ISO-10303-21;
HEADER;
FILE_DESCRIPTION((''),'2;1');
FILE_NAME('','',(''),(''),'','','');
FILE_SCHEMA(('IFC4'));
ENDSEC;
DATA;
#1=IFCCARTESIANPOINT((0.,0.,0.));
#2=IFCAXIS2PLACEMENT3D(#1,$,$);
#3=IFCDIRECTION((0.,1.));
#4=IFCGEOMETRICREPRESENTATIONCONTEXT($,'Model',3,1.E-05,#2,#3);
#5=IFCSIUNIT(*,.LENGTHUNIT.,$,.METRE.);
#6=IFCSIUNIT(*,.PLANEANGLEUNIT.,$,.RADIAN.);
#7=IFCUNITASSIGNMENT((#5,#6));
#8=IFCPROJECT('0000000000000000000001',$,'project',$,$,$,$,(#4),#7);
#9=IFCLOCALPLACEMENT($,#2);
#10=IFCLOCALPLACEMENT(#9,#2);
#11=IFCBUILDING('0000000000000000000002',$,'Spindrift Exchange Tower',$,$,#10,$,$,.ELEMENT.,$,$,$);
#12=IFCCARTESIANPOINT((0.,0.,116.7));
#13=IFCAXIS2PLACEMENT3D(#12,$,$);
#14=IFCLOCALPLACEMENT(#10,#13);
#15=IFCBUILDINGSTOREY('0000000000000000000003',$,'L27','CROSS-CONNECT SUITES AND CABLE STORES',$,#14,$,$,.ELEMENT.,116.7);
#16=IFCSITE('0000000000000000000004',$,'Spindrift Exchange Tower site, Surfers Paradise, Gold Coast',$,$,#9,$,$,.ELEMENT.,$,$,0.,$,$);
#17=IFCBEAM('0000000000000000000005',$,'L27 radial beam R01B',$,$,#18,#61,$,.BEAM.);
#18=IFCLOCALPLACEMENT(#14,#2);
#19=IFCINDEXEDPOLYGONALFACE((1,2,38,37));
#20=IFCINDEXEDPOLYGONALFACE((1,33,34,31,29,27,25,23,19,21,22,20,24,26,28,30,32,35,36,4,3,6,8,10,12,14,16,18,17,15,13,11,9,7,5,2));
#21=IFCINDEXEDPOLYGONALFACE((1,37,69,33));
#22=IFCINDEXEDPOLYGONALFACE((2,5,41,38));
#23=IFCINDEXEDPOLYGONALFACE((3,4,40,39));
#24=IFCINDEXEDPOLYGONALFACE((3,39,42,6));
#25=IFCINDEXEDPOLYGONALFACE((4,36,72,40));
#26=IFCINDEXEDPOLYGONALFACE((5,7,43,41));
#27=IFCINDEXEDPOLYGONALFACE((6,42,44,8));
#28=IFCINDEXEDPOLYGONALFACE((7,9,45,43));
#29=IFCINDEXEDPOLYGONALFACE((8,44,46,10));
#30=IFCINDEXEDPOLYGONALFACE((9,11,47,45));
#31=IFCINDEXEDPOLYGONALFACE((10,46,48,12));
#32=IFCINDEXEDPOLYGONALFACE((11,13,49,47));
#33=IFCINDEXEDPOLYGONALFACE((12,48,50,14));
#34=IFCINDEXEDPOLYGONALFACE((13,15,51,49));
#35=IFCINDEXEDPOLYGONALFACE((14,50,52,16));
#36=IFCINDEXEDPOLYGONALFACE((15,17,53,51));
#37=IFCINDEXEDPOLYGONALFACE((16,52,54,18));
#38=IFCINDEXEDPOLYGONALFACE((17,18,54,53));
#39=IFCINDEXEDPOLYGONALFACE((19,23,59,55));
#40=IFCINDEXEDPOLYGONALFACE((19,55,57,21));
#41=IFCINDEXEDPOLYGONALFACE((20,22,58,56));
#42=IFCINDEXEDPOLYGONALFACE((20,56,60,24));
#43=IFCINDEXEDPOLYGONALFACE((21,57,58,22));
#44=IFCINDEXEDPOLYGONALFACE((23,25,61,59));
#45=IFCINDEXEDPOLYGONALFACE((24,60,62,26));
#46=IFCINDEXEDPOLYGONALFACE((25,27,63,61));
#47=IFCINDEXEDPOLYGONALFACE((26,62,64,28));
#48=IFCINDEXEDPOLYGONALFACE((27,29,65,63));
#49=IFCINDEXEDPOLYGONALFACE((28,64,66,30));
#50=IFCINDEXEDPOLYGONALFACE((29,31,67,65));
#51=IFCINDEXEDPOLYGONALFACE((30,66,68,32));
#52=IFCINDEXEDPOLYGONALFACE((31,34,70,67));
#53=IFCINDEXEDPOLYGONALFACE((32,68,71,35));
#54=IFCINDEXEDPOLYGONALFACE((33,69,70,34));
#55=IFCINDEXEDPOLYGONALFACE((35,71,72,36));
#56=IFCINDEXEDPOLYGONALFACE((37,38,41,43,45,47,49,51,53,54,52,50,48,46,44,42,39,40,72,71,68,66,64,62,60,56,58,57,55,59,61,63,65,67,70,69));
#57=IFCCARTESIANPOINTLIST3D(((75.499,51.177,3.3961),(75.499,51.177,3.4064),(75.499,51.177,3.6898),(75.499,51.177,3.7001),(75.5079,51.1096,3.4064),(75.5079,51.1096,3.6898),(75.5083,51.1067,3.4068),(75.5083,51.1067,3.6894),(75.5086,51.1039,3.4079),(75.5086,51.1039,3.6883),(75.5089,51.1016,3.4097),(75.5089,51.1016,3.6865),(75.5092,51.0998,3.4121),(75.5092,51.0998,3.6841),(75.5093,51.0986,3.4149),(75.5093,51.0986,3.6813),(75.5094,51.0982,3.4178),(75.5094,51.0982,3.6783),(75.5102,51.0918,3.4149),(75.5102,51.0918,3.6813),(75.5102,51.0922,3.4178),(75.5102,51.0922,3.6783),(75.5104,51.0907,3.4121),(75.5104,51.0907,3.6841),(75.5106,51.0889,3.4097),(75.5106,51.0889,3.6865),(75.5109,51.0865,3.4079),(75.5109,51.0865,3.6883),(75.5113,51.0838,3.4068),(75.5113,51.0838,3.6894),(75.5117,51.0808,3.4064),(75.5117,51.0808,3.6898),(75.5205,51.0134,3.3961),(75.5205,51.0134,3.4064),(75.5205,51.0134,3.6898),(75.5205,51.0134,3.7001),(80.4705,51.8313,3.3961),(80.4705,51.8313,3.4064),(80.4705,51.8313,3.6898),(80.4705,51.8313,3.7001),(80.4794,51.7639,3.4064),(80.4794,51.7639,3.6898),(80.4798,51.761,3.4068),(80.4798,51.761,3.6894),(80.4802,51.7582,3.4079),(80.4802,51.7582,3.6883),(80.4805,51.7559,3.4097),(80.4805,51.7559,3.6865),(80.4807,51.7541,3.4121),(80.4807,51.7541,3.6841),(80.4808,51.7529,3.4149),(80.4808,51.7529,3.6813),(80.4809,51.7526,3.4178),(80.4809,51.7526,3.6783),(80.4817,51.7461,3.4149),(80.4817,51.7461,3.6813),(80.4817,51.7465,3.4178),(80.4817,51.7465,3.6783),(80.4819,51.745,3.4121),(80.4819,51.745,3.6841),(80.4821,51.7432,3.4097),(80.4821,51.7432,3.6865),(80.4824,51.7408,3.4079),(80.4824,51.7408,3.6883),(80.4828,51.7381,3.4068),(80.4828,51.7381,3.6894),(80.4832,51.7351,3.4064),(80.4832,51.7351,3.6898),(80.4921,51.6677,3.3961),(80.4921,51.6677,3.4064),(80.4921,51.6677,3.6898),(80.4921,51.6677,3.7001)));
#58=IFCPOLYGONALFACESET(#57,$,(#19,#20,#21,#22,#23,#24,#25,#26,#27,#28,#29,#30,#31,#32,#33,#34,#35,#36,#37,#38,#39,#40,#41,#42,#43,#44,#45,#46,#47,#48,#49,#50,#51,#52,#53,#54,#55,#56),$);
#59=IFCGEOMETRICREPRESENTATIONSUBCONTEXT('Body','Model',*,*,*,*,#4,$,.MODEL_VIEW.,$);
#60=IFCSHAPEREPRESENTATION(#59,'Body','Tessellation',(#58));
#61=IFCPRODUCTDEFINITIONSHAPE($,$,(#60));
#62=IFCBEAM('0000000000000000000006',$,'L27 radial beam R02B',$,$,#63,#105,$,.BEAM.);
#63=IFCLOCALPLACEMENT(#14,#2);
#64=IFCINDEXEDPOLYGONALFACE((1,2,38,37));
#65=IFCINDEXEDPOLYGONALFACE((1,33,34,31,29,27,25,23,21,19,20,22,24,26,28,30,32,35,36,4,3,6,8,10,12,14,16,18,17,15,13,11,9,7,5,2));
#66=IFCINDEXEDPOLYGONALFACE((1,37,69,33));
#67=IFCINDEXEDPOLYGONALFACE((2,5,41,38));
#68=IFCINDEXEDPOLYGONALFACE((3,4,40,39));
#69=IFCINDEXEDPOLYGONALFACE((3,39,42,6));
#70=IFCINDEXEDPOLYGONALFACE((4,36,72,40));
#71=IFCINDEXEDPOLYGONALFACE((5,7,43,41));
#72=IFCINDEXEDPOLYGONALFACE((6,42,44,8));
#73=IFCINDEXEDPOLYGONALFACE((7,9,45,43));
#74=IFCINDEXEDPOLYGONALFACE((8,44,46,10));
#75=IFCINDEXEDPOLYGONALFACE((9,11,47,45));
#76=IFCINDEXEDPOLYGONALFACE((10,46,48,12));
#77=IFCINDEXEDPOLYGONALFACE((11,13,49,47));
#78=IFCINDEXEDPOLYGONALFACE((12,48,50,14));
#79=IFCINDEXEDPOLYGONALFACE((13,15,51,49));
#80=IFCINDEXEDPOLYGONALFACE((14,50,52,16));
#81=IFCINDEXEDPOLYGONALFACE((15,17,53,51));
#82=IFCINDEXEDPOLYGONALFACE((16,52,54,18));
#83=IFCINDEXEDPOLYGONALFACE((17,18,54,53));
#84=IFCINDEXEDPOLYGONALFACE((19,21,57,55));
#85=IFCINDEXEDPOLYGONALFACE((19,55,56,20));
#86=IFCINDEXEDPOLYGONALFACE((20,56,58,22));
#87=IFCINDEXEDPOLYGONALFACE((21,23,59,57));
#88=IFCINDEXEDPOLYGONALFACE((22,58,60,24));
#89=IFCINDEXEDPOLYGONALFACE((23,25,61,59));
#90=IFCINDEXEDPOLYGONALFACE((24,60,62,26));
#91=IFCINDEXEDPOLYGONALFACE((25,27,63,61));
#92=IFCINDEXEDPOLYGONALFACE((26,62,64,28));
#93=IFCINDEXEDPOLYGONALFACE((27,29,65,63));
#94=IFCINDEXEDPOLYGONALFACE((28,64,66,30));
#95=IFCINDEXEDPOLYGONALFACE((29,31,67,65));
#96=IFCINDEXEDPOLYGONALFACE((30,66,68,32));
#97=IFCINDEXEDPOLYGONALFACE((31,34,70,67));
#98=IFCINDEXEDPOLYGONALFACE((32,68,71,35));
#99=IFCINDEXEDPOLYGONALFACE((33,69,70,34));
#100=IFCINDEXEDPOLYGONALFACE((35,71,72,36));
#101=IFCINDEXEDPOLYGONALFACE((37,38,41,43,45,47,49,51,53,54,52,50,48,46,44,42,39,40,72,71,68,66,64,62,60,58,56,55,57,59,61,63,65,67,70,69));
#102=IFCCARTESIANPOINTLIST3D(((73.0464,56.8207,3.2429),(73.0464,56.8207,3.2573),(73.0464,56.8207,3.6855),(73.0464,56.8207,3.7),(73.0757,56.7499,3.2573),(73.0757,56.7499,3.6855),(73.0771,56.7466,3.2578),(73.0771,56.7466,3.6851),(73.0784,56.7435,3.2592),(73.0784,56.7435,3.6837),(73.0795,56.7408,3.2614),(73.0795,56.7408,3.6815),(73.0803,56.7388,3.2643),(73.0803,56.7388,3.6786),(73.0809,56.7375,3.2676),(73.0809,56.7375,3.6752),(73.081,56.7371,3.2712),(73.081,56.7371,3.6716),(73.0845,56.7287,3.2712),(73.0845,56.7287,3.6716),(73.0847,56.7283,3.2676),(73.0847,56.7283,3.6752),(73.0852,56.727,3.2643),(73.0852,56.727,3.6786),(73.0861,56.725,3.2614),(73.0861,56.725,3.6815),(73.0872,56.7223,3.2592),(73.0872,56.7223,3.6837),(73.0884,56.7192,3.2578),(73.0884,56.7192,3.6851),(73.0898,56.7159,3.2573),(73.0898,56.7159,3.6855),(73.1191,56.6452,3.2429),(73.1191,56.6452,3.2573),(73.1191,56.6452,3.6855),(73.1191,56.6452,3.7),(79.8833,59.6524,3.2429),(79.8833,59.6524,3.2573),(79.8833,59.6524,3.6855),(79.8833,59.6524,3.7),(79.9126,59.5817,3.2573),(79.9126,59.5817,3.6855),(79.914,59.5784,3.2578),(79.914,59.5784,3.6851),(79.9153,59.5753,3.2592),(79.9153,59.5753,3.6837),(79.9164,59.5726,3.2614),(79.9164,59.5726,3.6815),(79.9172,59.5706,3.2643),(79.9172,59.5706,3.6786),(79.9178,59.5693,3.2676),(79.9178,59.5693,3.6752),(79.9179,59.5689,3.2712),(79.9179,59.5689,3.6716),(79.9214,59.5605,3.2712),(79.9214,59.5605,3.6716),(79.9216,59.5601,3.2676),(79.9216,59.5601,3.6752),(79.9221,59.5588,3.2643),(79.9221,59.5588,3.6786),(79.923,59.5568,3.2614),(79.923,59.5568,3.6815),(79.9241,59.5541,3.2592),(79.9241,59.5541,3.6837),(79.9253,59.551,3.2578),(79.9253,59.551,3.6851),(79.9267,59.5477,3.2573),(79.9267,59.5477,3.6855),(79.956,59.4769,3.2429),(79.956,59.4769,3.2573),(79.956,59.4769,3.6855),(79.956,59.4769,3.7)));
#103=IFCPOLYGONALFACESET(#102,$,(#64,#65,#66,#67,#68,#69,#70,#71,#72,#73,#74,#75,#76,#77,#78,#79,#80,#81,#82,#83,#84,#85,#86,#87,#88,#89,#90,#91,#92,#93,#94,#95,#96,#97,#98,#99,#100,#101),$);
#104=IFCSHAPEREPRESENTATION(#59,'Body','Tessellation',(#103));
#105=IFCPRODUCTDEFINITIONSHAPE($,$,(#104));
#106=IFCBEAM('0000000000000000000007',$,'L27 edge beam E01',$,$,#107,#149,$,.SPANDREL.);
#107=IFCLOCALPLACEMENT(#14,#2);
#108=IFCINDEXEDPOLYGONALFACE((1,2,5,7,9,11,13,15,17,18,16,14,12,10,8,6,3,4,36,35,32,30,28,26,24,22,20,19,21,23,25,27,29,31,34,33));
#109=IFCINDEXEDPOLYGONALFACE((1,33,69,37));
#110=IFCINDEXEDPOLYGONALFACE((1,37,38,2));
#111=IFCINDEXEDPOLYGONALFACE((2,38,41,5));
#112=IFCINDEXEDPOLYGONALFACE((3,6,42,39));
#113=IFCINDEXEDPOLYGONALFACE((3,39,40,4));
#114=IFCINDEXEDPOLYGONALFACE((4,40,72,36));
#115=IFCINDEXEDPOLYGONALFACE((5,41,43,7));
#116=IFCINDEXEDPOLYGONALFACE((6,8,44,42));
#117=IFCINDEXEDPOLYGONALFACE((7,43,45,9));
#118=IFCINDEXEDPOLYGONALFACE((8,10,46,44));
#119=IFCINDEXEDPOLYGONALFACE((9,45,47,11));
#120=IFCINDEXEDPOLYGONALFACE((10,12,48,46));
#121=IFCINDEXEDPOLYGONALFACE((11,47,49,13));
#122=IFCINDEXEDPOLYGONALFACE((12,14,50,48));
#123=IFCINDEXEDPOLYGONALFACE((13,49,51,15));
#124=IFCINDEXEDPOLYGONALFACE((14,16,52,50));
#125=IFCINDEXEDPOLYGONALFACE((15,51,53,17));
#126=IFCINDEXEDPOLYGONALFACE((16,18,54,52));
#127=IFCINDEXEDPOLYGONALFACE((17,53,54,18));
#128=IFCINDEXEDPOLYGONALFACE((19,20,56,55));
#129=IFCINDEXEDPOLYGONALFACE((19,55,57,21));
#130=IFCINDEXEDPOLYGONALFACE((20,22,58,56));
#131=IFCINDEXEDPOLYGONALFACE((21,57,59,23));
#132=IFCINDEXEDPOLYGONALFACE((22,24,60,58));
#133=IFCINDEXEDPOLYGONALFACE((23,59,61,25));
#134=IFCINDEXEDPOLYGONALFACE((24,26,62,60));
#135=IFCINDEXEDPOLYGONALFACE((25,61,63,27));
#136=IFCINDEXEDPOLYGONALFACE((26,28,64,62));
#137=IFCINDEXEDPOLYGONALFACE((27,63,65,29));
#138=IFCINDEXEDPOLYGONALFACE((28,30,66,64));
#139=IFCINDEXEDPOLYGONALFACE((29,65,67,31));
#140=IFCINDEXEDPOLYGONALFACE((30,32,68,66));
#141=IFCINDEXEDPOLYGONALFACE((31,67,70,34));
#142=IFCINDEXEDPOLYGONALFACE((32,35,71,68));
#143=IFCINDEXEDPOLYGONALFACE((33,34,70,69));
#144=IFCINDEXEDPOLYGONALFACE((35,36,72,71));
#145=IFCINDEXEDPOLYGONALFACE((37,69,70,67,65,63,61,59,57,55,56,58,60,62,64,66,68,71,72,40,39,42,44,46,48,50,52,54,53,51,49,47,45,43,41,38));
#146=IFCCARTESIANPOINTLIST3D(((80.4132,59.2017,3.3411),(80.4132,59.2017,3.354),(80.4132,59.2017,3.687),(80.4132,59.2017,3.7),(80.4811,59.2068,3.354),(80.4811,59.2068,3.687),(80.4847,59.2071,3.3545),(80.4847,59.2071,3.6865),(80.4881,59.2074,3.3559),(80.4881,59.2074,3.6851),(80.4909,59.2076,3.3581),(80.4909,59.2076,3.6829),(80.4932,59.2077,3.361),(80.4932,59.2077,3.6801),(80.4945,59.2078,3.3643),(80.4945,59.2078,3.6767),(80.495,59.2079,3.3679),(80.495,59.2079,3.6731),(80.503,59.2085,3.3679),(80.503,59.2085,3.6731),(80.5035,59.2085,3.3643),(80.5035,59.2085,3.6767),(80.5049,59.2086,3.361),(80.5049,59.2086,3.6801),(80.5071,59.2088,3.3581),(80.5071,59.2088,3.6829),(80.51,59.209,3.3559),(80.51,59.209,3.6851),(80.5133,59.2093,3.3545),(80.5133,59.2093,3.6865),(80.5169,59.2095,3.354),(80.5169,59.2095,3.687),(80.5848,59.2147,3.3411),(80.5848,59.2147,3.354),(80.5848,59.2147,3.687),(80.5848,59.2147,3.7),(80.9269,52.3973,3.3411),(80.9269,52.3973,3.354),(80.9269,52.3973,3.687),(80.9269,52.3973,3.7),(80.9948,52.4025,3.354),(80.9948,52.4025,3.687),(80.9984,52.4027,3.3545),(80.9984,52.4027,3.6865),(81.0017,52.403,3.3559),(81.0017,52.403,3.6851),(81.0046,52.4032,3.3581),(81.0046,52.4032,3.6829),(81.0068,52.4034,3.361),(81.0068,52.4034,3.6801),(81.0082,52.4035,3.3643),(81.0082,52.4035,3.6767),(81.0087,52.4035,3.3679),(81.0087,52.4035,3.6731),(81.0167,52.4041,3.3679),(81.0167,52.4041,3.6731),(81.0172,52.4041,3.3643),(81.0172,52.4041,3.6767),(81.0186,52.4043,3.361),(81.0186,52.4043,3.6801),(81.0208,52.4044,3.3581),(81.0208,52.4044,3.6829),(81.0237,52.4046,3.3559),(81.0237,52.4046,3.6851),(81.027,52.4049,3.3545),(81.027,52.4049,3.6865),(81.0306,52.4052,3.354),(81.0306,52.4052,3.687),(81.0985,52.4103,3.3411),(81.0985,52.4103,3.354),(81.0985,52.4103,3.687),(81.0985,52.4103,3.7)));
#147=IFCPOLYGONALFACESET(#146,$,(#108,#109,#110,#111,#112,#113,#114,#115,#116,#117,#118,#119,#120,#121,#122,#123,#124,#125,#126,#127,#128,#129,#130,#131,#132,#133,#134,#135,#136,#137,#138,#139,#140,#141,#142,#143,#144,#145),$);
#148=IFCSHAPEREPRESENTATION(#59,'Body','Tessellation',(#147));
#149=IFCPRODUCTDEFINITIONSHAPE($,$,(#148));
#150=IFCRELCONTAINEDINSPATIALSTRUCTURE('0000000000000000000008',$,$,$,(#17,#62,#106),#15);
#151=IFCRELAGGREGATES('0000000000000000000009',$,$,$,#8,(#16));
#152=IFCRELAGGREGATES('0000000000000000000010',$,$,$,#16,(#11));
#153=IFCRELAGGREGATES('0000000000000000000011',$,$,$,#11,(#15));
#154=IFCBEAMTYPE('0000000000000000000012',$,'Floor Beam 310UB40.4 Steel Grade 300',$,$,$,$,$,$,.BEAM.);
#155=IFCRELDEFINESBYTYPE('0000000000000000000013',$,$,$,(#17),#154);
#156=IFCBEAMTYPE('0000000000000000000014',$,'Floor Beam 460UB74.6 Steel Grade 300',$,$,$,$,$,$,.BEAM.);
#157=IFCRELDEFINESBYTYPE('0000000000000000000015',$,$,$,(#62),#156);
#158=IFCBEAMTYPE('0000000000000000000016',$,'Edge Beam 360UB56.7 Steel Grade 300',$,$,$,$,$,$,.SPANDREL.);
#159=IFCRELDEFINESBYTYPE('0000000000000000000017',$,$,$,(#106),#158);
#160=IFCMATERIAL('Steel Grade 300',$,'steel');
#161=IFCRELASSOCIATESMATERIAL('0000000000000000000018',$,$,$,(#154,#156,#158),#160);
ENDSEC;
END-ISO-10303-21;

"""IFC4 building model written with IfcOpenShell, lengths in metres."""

from ifc_helpers import new_model, si_unit, direction, frame, origin, origin_2d, place, context, subcontext, project, spatial, i_section, extrude, source, transform, mapped, material, material_profile, profile_set, type_object, element, save


model = new_model("IFC4")

# Units and contexts
model_context = context("Model", 3, precision=1e-05, world=origin(), true_north=direction((0.0, 1.0)))
body_context = subcontext(model_context, "Body", "Model", "MODEL_VIEW")
ifc_project = project(units=[si_unit("LENGTHUNIT", "METRE"), si_unit("PLANEANGLEUNIT", "RADIAN")], contexts=[model_context])

# Site, building, storey
site_placement = place(None, origin())
site = spatial("IfcSite", under=ifc_project, at=site_placement, Name="Spindrift Exchange Tower site, Surfers Paradise, Gold Coast", CompositionType="ELEMENT", RefElevation=0.0)
building_placement = place(site_placement, origin())
building = spatial("IfcBuilding", under=site, at=building_placement, Name="Spindrift Exchange Tower", CompositionType="ELEMENT")
storey_placement = place(building_placement, frame((0.0, 0.0, 116.7)))
storey = spatial("IfcBuildingStorey", under=building, at=storey_placement, Name="L27", Description="CROSS-CONNECT SUITES AND CABLE STORES", CompositionType="ELEMENT", Elevation=116.7)

# Beams
ifc_material_1 = material(Name="Steel Grade 300", Category="steel")
ifc_material_profile_1 = material_profile(ifc_material_1, i_section(OverallWidth=0.165, OverallDepth=0.304, WebThickness=0.0061, FlangeThickness=0.0103, FilletRadius=0.0115, at=origin_2d()), Name="310UB40.4")
ifc_profile_set_1 = profile_set([ifc_material_profile_1], Name="Steel Grade 300")
beam_type_1 = type_object("IfcBeamType", Name="Floor Beam 310UB40.4 Steel Grade 300", PredefinedType="BEAM", material=ifc_profile_set_1)
shared_shape_1 = source(origin(), body_context, "Body", "SweptSolid", [
    extrude(i_section(OverallWidth=0.165, OverallDepth=0.304, WebThickness=0.0061, FlangeThickness=0.0103, FilletRadius=0.0115, at=origin_2d()), origin(), (0.0, 0.0, 1.0), 5.0144),
])
beam_1_placement = place(storey_placement, frame((75.5098, 51.0952, 3.5481), z_axis=(0.99145, 0.130486, 0.0), x_axis=(-0.130486, 0.99145, 0.0)))
element("IfcBeam", 1, at=beam_1_placement, inside=storey, type_object=beam_type_1, Name="L27 radial beam R01B", PredefinedType="BEAM", context=body_context, shape_type="MappedRepresentation", body=[
    mapped(shared_shape_1, transform((0.0, 0.0, 0.0), scale=1.0)),
])
ifc_material_profile_2 = material_profile(ifc_material_1, i_section(OverallWidth=0.1899, OverallDepth=0.457, WebThickness=0.009, FlangeThickness=0.0144, FilletRadius=0.0139, at=origin_2d()), Name="460UB74.6")
ifc_profile_set_2 = profile_set([ifc_material_profile_2], Name="Steel Grade 300")
beam_type_2 = type_object("IfcBeamType", Name="Floor Beam 460UB74.6 Steel Grade 300", PredefinedType="BEAM", material=ifc_profile_set_2)
shared_shape_2 = source(origin(), body_context, "Body", "SweptSolid", [
    extrude(i_section(OverallWidth=0.1899, OverallDepth=0.457, WebThickness=0.009, FlangeThickness=0.0144, FilletRadius=0.0139, at=origin_2d()), origin(), (0.0, 0.0, 1.0), 7.4001),
])
beam_2_placement = place(storey_placement, frame((73.0828, 56.7329, 3.4714), z_axis=(0.923887, 0.382666, 0.0), x_axis=(-0.382666, 0.923887, 0.0)))
element("IfcBeam", 2, at=beam_2_placement, inside=storey, type_object=beam_type_2, Name="L27 radial beam R02B", PredefinedType="BEAM", context=body_context, shape_type="MappedRepresentation", body=[
    mapped(shared_shape_2, transform((0.0, 0.0, 0.0), scale=1.0)),
])
ifc_material_profile_3 = material_profile(ifc_material_1, i_section(OverallWidth=0.1721, OverallDepth=0.3589, WebThickness=0.0081, FlangeThickness=0.0129, FilletRadius=0.0139, at=origin_2d()), Name="360UB56.7")
ifc_profile_set_3 = profile_set([ifc_material_profile_3], Name="Steel Grade 300")
beam_type_3 = type_object("IfcBeamType", Name="Edge Beam 360UB56.7 Steel Grade 300", PredefinedType="SPANDREL", material=ifc_profile_set_3)
shared_shape_3 = source(origin(), body_context, "Body", "SweptSolid", [
    extrude(i_section(OverallWidth=0.1721, OverallDepth=0.3589, WebThickness=0.0081, FlangeThickness=0.0129, FilletRadius=0.0139, at=origin_2d()), origin(), (0.0, 0.0, 1.0), 6.8237),
])
beam_3_placement = place(storey_placement, frame((81.0127, 52.4038, 3.5205), z_axis=(-0.075276, 0.997163, 0.0), x_axis=(-0.997163, -0.075276, 0.0)))
element("IfcBeam", 3, at=beam_3_placement, inside=storey, type_object=beam_type_3, Name="L27 edge beam E01", PredefinedType="SPANDREL", context=body_context, shape_type="MappedRepresentation", body=[
    mapped(shared_shape_3, transform((0.0, 0.0, 0.0), scale=1.0)),
])

save(model, "model.ifc")
